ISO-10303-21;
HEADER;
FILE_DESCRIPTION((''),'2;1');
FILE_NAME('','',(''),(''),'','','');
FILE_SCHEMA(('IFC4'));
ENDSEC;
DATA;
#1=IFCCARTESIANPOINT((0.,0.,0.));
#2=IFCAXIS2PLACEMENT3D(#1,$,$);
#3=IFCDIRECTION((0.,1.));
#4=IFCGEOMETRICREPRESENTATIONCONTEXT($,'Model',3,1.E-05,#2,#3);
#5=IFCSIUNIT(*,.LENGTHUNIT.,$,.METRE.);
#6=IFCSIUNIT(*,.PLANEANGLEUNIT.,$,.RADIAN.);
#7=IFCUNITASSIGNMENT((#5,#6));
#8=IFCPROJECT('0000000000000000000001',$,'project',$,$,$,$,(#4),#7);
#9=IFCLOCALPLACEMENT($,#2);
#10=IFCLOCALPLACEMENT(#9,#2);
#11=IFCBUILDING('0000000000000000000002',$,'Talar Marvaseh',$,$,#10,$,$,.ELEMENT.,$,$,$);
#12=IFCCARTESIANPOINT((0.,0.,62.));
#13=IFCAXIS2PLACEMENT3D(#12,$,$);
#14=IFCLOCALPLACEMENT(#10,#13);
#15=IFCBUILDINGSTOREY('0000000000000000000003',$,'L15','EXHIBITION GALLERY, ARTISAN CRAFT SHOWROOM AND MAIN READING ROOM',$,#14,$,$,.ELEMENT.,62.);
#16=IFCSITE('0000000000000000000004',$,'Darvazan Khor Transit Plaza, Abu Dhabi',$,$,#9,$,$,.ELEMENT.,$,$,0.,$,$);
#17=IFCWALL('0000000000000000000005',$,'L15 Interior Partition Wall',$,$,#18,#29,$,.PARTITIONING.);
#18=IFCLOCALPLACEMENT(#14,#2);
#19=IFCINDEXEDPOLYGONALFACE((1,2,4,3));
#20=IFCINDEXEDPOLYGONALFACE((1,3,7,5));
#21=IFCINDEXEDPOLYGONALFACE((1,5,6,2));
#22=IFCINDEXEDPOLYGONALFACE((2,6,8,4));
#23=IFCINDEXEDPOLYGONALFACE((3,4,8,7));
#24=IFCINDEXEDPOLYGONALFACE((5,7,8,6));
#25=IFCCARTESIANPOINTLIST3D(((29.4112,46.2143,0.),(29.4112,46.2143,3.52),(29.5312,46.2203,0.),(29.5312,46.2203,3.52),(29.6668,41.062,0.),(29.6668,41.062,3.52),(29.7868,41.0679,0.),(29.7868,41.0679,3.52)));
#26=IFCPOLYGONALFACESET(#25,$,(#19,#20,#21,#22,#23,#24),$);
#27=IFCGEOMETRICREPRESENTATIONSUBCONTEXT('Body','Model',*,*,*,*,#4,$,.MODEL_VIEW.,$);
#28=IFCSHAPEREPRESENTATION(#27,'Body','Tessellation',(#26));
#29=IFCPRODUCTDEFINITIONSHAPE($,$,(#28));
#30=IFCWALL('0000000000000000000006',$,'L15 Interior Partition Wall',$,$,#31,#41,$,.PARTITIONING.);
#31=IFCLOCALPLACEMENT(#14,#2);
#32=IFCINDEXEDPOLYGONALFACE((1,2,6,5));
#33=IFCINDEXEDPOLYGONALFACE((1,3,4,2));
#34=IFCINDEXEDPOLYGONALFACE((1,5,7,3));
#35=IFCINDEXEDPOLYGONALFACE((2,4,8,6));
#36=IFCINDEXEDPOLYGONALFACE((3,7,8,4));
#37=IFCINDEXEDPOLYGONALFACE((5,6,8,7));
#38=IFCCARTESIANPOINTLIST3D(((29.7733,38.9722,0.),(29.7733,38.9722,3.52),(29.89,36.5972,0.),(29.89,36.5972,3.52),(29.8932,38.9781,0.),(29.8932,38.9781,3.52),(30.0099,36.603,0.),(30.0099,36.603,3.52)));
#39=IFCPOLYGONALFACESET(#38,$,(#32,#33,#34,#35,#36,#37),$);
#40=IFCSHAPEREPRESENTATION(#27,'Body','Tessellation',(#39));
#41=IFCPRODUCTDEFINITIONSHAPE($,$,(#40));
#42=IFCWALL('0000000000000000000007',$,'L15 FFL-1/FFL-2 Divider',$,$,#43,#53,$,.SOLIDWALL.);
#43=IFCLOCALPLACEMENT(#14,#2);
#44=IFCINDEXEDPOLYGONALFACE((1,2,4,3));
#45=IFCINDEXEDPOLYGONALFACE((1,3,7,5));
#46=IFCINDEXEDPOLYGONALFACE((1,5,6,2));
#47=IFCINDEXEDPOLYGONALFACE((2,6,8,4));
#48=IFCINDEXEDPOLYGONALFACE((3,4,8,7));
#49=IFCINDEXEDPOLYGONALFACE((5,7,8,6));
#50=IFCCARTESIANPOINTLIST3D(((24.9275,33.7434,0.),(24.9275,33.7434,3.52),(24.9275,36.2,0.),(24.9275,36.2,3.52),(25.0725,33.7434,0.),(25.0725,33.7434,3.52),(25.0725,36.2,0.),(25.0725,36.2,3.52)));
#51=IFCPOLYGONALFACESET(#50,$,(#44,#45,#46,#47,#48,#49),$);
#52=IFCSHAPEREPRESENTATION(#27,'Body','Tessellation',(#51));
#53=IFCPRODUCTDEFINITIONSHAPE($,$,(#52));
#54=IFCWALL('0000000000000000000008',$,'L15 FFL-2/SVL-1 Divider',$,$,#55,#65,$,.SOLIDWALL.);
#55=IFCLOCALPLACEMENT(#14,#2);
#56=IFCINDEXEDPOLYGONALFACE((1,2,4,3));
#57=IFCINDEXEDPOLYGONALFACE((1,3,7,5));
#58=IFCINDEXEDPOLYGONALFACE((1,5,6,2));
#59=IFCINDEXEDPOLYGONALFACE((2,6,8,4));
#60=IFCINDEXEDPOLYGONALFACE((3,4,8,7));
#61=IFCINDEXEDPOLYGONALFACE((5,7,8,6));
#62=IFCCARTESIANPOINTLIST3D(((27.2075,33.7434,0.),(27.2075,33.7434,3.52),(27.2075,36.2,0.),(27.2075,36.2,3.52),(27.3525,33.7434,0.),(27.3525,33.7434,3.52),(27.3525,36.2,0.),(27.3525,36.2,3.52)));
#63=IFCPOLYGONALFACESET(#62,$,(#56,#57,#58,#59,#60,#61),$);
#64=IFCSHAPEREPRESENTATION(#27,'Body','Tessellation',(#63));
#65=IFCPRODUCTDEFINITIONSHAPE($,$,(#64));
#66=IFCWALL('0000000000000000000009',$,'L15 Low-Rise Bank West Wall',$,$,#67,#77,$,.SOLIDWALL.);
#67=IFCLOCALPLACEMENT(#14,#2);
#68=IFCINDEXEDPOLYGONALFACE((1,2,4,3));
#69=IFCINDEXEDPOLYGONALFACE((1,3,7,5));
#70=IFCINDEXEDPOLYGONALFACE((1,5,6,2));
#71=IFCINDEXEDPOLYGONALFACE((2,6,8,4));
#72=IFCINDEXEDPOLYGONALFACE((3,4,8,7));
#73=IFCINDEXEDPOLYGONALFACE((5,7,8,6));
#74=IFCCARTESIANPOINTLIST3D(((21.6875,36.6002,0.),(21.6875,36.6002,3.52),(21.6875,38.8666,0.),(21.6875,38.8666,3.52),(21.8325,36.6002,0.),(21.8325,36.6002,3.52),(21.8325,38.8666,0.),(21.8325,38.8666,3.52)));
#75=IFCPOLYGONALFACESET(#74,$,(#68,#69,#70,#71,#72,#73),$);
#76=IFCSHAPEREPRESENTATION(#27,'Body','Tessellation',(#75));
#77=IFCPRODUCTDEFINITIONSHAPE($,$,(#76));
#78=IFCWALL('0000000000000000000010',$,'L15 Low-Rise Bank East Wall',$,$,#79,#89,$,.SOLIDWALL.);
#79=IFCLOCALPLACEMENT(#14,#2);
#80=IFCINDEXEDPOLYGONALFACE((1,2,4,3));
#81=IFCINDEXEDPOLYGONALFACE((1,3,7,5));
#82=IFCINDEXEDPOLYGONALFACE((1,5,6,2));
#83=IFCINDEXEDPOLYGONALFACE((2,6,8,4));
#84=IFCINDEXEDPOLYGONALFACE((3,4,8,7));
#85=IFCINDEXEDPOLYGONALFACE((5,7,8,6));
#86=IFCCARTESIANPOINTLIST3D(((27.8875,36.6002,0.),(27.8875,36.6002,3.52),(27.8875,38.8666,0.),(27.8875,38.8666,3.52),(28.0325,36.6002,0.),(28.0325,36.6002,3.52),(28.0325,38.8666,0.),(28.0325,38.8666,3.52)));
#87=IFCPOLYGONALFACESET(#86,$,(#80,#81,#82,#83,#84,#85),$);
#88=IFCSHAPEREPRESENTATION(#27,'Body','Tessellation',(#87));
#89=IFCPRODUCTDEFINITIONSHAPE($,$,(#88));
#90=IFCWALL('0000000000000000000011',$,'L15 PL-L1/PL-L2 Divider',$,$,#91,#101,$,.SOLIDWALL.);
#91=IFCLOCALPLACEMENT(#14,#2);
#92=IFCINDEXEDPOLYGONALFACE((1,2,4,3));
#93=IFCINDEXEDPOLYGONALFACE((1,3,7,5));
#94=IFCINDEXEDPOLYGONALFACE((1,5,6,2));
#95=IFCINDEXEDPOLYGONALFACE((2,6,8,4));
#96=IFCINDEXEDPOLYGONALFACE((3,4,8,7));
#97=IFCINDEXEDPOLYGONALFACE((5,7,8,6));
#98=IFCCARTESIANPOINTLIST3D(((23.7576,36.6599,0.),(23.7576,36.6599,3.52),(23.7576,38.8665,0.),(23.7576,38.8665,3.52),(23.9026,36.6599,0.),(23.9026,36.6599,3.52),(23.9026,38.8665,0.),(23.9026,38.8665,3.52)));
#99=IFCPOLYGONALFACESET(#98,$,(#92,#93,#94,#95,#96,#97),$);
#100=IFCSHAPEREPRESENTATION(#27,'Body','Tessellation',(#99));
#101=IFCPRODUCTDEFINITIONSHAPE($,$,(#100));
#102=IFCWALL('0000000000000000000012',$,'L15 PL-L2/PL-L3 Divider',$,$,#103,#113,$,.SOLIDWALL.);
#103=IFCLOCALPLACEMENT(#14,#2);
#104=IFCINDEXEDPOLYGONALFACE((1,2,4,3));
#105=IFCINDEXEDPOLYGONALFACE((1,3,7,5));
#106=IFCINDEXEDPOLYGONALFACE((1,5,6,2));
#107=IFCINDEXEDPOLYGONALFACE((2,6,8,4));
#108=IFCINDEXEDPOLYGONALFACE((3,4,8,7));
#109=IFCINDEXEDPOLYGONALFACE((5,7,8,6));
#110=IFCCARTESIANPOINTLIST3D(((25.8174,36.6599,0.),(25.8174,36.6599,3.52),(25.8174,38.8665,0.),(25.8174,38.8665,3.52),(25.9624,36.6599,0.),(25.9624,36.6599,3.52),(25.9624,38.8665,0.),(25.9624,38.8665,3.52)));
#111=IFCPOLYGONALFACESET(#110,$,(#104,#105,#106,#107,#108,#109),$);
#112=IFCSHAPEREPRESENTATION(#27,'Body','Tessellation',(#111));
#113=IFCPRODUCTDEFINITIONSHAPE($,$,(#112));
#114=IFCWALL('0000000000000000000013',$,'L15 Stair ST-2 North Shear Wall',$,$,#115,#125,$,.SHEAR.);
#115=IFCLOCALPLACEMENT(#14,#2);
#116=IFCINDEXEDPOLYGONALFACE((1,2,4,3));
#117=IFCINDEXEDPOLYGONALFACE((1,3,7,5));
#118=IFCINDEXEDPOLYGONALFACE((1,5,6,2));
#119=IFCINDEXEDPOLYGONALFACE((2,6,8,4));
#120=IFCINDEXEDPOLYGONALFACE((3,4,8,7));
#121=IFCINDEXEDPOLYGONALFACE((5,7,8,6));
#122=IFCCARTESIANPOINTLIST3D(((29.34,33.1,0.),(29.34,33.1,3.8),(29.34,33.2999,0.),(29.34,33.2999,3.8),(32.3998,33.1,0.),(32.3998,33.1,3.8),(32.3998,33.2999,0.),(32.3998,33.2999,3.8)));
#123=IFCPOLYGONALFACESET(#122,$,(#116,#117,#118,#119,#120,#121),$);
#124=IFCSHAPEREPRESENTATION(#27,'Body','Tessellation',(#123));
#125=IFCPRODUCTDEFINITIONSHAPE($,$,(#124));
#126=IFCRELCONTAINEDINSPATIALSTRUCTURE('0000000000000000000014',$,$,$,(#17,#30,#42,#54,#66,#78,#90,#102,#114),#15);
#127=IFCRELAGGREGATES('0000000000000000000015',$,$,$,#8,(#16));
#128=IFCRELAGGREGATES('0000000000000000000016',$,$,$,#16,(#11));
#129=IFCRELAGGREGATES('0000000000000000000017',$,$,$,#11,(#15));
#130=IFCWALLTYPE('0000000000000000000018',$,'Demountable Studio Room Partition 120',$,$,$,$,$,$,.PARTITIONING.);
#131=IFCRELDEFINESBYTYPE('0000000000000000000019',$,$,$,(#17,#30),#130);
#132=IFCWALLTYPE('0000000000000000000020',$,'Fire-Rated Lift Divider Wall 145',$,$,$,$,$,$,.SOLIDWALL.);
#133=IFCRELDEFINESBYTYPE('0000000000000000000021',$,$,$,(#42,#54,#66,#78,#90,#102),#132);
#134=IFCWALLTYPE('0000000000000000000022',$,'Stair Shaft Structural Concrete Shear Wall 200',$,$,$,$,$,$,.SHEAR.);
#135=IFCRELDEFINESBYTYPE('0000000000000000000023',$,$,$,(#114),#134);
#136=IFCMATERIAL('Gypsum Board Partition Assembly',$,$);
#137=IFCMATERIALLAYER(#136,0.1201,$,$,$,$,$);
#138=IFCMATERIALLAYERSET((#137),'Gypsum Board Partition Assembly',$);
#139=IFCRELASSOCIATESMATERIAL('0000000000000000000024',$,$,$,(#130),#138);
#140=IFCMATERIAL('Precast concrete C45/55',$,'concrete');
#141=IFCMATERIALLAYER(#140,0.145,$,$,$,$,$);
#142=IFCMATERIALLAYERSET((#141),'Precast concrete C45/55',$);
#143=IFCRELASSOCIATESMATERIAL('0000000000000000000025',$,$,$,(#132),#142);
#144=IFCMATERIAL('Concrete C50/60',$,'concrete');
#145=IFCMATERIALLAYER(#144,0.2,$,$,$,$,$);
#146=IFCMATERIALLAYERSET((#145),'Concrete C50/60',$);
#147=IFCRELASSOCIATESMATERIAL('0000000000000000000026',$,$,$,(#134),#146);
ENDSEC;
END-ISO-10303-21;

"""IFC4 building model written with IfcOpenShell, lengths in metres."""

from ifc_helpers import new_model, si_unit, direction, frame, frame_2d, origin, place, context, subcontext, project, spatial, rectangle, extrude, material, layer, layer_set, type_object, element, save


model = new_model("IFC4")

# Units and contexts
model_context = context("Model", 3, precision=1e-05, world=origin(), true_north=direction((0.0, 1.0)))
body_context = subcontext(model_context, "Body", "Model", "MODEL_VIEW")
ifc_project = project(units=[si_unit("LENGTHUNIT", "METRE"), si_unit("PLANEANGLEUNIT", "RADIAN")], contexts=[model_context])

# Site, building, storey
site_placement = place(None, origin())
site = spatial("IfcSite", under=ifc_project, at=site_placement, Name="Darvazan Khor Transit Plaza, Abu Dhabi", CompositionType="ELEMENT", RefElevation=0.0)
building_placement = place(site_placement, origin())
building = spatial("IfcBuilding", under=site, at=building_placement, Name="Talar Marvaseh", CompositionType="ELEMENT")
storey_placement = place(building_placement, frame((0.0, 0.0, 62.0)))
storey = spatial("IfcBuildingStorey", under=building, at=storey_placement, Name="L15", Description="EXHIBITION GALLERY, ARTISAN CRAFT SHOWROOM AND MAIN READING ROOM", CompositionType="ELEMENT", Elevation=62.0)

# Shared definitions
ifc_material_1 = material(Name="Gypsum Board Partition Assembly")

# Walls
ifc_layer_1 = layer(ifc_material_1, 0.1201)
ifc_layer_set_1 = layer_set([ifc_layer_1], Name="Gypsum Board Partition Assembly")
wall_type_1 = type_object("IfcWallType", Name="Demountable Studio Room Partition 120", PredefinedType="PARTITIONING", material=ifc_layer_set_1)
wall_1_placement = place(storey_placement, frame((29.7268, 41.0649, 0.0), z_axis=(0.0, 0.0, 1.0), x_axis=(-0.049551, 0.998772, 0.0)))
element("IfcWall", 1, at=wall_1_placement, inside=storey, type_object=wall_type_1, Name="L15 Interior Partition Wall", PredefinedType="PARTITIONING", context=body_context, shape_type="SweptSolid", body=[
    extrude(rectangle(XDim=5.1587, YDim=0.1201, at=frame_2d((2.5793, 0.0))), origin(), (0.0, 0.0, 1.0), 3.52),
])
wall_2_placement = place(storey_placement, frame((29.95, 36.6001, 0.0), z_axis=(0.0, 0.0, 1.0), x_axis=(-0.049077, 0.998795, 0.0)))
element("IfcWall", 2, at=wall_2_placement, inside=storey, type_object=wall_type_1, Name="L15 Interior Partition Wall", PredefinedType="PARTITIONING", context=body_context, shape_type="SweptSolid", body=[
    extrude(rectangle(XDim=2.3779, YDim=0.1201, at=frame_2d((1.189, 0.0))), origin(), (0.0, 0.0, 1.0), 3.52),
])
ifc_material_2 = material(Name="Precast concrete C45/55", Category="concrete")
ifc_layer_2 = layer(ifc_material_2, 0.145)
ifc_layer_set_2 = layer_set([ifc_layer_2], Name="Precast concrete C45/55")
wall_type_2 = type_object("IfcWallType", Name="Fire-Rated Lift Divider Wall 145", PredefinedType="SOLIDWALL", material=ifc_layer_set_2)
for number, where, z_axis, x_axis, name in (
    (3, (25.0, 33.7434, 0.0), (0.0, 0.0, 1.0), (0.0, 1.0, 0.0), "L15 FFL-1/FFL-2 Divider"),
    (4, (27.28, 33.7434, 0.0), (0.0, 0.0, 1.0), (0.0, 1.0, 0.0), "L15 FFL-2/SVL-1 Divider"),
):
    element("IfcWall", number, at=place(storey_placement, frame(where, z_axis=z_axis, x_axis=x_axis)), inside=storey, type_object=wall_type_2, Name=name, PredefinedType="SOLIDWALL", context=body_context, shape_type="SweptSolid", body=[
        extrude(rectangle(XDim=2.4565, YDim=0.145, at=frame_2d((1.2283, 0.0))), origin(), (0.0, 0.0, 1.0), 3.52),
    ])
for number, where, z_axis, x_axis, name in (
    (5, (21.76, 36.6001, 0.0), (0.0, 0.0, 1.0), (0.0, 1.0, 0.0), "L15 Low-Rise Bank West Wall"),
    (6, (27.96, 36.6001, 0.0), (0.0, 0.0, 1.0), (0.0, 1.0, 0.0), "L15 Low-Rise Bank East Wall"),
):
    element("IfcWall", number, at=place(storey_placement, frame(where, z_axis=z_axis, x_axis=x_axis)), inside=storey, type_object=wall_type_2, Name=name, PredefinedType="SOLIDWALL", context=body_context, shape_type="SweptSolid", body=[
        extrude(rectangle(XDim=2.2664, YDim=0.145, at=frame_2d((1.1333, 0.0))), origin(), (0.0, 0.0, 1.0), 3.52),
    ])
for number, where, z_axis, x_axis, name in (
    (7, (23.8301, 36.6599, 0.0), (0.0, 0.0, 1.0), (0.0, 1.0, 0.0), "L15 PL-L1/PL-L2 Divider"),
    (8, (25.8899, 36.6599, 0.0), (0.0, 0.0, 1.0), (0.0, 1.0, 0.0), "L15 PL-L2/PL-L3 Divider"),
):
    element("IfcWall", number, at=place(storey_placement, frame(where, z_axis=z_axis, x_axis=x_axis)), inside=storey, type_object=wall_type_2, Name=name, PredefinedType="SOLIDWALL", context=body_context, shape_type="SweptSolid", body=[
        extrude(rectangle(XDim=2.2065, YDim=0.145, at=frame_2d((1.1033, 0.0))), origin(), (0.0, 0.0, 1.0), 3.52),
    ])

# Wall
ifc_material_3 = material(Name="Concrete C50/60", Category="concrete")
ifc_layer_3 = layer(ifc_material_3, 0.2)
ifc_layer_set_3 = layer_set([ifc_layer_3], Name="Concrete C50/60")
wall_type_3 = type_object("IfcWallType", Name="Stair Shaft Structural Concrete Shear Wall 200", PredefinedType="SHEAR", material=ifc_layer_set_3)
wall_3_placement = place(storey_placement, frame((29.3401, 33.2, 0.0), z_axis=(0.0, 0.0, 1.0), x_axis=(1.0, 0.0, 0.0)))
element("IfcWall", 9, at=wall_3_placement, inside=storey, type_object=wall_type_3, Name="L15 Stair ST-2 North Shear Wall", PredefinedType="SHEAR", context=body_context, shape_type="SweptSolid", body=[
    extrude(rectangle(XDim=3.0598, YDim=0.2, at=frame_2d((1.5298, 0.0))), origin(), (0.0, 0.0, 1.0), 3.8),
])

save(model, "model.ifc")
